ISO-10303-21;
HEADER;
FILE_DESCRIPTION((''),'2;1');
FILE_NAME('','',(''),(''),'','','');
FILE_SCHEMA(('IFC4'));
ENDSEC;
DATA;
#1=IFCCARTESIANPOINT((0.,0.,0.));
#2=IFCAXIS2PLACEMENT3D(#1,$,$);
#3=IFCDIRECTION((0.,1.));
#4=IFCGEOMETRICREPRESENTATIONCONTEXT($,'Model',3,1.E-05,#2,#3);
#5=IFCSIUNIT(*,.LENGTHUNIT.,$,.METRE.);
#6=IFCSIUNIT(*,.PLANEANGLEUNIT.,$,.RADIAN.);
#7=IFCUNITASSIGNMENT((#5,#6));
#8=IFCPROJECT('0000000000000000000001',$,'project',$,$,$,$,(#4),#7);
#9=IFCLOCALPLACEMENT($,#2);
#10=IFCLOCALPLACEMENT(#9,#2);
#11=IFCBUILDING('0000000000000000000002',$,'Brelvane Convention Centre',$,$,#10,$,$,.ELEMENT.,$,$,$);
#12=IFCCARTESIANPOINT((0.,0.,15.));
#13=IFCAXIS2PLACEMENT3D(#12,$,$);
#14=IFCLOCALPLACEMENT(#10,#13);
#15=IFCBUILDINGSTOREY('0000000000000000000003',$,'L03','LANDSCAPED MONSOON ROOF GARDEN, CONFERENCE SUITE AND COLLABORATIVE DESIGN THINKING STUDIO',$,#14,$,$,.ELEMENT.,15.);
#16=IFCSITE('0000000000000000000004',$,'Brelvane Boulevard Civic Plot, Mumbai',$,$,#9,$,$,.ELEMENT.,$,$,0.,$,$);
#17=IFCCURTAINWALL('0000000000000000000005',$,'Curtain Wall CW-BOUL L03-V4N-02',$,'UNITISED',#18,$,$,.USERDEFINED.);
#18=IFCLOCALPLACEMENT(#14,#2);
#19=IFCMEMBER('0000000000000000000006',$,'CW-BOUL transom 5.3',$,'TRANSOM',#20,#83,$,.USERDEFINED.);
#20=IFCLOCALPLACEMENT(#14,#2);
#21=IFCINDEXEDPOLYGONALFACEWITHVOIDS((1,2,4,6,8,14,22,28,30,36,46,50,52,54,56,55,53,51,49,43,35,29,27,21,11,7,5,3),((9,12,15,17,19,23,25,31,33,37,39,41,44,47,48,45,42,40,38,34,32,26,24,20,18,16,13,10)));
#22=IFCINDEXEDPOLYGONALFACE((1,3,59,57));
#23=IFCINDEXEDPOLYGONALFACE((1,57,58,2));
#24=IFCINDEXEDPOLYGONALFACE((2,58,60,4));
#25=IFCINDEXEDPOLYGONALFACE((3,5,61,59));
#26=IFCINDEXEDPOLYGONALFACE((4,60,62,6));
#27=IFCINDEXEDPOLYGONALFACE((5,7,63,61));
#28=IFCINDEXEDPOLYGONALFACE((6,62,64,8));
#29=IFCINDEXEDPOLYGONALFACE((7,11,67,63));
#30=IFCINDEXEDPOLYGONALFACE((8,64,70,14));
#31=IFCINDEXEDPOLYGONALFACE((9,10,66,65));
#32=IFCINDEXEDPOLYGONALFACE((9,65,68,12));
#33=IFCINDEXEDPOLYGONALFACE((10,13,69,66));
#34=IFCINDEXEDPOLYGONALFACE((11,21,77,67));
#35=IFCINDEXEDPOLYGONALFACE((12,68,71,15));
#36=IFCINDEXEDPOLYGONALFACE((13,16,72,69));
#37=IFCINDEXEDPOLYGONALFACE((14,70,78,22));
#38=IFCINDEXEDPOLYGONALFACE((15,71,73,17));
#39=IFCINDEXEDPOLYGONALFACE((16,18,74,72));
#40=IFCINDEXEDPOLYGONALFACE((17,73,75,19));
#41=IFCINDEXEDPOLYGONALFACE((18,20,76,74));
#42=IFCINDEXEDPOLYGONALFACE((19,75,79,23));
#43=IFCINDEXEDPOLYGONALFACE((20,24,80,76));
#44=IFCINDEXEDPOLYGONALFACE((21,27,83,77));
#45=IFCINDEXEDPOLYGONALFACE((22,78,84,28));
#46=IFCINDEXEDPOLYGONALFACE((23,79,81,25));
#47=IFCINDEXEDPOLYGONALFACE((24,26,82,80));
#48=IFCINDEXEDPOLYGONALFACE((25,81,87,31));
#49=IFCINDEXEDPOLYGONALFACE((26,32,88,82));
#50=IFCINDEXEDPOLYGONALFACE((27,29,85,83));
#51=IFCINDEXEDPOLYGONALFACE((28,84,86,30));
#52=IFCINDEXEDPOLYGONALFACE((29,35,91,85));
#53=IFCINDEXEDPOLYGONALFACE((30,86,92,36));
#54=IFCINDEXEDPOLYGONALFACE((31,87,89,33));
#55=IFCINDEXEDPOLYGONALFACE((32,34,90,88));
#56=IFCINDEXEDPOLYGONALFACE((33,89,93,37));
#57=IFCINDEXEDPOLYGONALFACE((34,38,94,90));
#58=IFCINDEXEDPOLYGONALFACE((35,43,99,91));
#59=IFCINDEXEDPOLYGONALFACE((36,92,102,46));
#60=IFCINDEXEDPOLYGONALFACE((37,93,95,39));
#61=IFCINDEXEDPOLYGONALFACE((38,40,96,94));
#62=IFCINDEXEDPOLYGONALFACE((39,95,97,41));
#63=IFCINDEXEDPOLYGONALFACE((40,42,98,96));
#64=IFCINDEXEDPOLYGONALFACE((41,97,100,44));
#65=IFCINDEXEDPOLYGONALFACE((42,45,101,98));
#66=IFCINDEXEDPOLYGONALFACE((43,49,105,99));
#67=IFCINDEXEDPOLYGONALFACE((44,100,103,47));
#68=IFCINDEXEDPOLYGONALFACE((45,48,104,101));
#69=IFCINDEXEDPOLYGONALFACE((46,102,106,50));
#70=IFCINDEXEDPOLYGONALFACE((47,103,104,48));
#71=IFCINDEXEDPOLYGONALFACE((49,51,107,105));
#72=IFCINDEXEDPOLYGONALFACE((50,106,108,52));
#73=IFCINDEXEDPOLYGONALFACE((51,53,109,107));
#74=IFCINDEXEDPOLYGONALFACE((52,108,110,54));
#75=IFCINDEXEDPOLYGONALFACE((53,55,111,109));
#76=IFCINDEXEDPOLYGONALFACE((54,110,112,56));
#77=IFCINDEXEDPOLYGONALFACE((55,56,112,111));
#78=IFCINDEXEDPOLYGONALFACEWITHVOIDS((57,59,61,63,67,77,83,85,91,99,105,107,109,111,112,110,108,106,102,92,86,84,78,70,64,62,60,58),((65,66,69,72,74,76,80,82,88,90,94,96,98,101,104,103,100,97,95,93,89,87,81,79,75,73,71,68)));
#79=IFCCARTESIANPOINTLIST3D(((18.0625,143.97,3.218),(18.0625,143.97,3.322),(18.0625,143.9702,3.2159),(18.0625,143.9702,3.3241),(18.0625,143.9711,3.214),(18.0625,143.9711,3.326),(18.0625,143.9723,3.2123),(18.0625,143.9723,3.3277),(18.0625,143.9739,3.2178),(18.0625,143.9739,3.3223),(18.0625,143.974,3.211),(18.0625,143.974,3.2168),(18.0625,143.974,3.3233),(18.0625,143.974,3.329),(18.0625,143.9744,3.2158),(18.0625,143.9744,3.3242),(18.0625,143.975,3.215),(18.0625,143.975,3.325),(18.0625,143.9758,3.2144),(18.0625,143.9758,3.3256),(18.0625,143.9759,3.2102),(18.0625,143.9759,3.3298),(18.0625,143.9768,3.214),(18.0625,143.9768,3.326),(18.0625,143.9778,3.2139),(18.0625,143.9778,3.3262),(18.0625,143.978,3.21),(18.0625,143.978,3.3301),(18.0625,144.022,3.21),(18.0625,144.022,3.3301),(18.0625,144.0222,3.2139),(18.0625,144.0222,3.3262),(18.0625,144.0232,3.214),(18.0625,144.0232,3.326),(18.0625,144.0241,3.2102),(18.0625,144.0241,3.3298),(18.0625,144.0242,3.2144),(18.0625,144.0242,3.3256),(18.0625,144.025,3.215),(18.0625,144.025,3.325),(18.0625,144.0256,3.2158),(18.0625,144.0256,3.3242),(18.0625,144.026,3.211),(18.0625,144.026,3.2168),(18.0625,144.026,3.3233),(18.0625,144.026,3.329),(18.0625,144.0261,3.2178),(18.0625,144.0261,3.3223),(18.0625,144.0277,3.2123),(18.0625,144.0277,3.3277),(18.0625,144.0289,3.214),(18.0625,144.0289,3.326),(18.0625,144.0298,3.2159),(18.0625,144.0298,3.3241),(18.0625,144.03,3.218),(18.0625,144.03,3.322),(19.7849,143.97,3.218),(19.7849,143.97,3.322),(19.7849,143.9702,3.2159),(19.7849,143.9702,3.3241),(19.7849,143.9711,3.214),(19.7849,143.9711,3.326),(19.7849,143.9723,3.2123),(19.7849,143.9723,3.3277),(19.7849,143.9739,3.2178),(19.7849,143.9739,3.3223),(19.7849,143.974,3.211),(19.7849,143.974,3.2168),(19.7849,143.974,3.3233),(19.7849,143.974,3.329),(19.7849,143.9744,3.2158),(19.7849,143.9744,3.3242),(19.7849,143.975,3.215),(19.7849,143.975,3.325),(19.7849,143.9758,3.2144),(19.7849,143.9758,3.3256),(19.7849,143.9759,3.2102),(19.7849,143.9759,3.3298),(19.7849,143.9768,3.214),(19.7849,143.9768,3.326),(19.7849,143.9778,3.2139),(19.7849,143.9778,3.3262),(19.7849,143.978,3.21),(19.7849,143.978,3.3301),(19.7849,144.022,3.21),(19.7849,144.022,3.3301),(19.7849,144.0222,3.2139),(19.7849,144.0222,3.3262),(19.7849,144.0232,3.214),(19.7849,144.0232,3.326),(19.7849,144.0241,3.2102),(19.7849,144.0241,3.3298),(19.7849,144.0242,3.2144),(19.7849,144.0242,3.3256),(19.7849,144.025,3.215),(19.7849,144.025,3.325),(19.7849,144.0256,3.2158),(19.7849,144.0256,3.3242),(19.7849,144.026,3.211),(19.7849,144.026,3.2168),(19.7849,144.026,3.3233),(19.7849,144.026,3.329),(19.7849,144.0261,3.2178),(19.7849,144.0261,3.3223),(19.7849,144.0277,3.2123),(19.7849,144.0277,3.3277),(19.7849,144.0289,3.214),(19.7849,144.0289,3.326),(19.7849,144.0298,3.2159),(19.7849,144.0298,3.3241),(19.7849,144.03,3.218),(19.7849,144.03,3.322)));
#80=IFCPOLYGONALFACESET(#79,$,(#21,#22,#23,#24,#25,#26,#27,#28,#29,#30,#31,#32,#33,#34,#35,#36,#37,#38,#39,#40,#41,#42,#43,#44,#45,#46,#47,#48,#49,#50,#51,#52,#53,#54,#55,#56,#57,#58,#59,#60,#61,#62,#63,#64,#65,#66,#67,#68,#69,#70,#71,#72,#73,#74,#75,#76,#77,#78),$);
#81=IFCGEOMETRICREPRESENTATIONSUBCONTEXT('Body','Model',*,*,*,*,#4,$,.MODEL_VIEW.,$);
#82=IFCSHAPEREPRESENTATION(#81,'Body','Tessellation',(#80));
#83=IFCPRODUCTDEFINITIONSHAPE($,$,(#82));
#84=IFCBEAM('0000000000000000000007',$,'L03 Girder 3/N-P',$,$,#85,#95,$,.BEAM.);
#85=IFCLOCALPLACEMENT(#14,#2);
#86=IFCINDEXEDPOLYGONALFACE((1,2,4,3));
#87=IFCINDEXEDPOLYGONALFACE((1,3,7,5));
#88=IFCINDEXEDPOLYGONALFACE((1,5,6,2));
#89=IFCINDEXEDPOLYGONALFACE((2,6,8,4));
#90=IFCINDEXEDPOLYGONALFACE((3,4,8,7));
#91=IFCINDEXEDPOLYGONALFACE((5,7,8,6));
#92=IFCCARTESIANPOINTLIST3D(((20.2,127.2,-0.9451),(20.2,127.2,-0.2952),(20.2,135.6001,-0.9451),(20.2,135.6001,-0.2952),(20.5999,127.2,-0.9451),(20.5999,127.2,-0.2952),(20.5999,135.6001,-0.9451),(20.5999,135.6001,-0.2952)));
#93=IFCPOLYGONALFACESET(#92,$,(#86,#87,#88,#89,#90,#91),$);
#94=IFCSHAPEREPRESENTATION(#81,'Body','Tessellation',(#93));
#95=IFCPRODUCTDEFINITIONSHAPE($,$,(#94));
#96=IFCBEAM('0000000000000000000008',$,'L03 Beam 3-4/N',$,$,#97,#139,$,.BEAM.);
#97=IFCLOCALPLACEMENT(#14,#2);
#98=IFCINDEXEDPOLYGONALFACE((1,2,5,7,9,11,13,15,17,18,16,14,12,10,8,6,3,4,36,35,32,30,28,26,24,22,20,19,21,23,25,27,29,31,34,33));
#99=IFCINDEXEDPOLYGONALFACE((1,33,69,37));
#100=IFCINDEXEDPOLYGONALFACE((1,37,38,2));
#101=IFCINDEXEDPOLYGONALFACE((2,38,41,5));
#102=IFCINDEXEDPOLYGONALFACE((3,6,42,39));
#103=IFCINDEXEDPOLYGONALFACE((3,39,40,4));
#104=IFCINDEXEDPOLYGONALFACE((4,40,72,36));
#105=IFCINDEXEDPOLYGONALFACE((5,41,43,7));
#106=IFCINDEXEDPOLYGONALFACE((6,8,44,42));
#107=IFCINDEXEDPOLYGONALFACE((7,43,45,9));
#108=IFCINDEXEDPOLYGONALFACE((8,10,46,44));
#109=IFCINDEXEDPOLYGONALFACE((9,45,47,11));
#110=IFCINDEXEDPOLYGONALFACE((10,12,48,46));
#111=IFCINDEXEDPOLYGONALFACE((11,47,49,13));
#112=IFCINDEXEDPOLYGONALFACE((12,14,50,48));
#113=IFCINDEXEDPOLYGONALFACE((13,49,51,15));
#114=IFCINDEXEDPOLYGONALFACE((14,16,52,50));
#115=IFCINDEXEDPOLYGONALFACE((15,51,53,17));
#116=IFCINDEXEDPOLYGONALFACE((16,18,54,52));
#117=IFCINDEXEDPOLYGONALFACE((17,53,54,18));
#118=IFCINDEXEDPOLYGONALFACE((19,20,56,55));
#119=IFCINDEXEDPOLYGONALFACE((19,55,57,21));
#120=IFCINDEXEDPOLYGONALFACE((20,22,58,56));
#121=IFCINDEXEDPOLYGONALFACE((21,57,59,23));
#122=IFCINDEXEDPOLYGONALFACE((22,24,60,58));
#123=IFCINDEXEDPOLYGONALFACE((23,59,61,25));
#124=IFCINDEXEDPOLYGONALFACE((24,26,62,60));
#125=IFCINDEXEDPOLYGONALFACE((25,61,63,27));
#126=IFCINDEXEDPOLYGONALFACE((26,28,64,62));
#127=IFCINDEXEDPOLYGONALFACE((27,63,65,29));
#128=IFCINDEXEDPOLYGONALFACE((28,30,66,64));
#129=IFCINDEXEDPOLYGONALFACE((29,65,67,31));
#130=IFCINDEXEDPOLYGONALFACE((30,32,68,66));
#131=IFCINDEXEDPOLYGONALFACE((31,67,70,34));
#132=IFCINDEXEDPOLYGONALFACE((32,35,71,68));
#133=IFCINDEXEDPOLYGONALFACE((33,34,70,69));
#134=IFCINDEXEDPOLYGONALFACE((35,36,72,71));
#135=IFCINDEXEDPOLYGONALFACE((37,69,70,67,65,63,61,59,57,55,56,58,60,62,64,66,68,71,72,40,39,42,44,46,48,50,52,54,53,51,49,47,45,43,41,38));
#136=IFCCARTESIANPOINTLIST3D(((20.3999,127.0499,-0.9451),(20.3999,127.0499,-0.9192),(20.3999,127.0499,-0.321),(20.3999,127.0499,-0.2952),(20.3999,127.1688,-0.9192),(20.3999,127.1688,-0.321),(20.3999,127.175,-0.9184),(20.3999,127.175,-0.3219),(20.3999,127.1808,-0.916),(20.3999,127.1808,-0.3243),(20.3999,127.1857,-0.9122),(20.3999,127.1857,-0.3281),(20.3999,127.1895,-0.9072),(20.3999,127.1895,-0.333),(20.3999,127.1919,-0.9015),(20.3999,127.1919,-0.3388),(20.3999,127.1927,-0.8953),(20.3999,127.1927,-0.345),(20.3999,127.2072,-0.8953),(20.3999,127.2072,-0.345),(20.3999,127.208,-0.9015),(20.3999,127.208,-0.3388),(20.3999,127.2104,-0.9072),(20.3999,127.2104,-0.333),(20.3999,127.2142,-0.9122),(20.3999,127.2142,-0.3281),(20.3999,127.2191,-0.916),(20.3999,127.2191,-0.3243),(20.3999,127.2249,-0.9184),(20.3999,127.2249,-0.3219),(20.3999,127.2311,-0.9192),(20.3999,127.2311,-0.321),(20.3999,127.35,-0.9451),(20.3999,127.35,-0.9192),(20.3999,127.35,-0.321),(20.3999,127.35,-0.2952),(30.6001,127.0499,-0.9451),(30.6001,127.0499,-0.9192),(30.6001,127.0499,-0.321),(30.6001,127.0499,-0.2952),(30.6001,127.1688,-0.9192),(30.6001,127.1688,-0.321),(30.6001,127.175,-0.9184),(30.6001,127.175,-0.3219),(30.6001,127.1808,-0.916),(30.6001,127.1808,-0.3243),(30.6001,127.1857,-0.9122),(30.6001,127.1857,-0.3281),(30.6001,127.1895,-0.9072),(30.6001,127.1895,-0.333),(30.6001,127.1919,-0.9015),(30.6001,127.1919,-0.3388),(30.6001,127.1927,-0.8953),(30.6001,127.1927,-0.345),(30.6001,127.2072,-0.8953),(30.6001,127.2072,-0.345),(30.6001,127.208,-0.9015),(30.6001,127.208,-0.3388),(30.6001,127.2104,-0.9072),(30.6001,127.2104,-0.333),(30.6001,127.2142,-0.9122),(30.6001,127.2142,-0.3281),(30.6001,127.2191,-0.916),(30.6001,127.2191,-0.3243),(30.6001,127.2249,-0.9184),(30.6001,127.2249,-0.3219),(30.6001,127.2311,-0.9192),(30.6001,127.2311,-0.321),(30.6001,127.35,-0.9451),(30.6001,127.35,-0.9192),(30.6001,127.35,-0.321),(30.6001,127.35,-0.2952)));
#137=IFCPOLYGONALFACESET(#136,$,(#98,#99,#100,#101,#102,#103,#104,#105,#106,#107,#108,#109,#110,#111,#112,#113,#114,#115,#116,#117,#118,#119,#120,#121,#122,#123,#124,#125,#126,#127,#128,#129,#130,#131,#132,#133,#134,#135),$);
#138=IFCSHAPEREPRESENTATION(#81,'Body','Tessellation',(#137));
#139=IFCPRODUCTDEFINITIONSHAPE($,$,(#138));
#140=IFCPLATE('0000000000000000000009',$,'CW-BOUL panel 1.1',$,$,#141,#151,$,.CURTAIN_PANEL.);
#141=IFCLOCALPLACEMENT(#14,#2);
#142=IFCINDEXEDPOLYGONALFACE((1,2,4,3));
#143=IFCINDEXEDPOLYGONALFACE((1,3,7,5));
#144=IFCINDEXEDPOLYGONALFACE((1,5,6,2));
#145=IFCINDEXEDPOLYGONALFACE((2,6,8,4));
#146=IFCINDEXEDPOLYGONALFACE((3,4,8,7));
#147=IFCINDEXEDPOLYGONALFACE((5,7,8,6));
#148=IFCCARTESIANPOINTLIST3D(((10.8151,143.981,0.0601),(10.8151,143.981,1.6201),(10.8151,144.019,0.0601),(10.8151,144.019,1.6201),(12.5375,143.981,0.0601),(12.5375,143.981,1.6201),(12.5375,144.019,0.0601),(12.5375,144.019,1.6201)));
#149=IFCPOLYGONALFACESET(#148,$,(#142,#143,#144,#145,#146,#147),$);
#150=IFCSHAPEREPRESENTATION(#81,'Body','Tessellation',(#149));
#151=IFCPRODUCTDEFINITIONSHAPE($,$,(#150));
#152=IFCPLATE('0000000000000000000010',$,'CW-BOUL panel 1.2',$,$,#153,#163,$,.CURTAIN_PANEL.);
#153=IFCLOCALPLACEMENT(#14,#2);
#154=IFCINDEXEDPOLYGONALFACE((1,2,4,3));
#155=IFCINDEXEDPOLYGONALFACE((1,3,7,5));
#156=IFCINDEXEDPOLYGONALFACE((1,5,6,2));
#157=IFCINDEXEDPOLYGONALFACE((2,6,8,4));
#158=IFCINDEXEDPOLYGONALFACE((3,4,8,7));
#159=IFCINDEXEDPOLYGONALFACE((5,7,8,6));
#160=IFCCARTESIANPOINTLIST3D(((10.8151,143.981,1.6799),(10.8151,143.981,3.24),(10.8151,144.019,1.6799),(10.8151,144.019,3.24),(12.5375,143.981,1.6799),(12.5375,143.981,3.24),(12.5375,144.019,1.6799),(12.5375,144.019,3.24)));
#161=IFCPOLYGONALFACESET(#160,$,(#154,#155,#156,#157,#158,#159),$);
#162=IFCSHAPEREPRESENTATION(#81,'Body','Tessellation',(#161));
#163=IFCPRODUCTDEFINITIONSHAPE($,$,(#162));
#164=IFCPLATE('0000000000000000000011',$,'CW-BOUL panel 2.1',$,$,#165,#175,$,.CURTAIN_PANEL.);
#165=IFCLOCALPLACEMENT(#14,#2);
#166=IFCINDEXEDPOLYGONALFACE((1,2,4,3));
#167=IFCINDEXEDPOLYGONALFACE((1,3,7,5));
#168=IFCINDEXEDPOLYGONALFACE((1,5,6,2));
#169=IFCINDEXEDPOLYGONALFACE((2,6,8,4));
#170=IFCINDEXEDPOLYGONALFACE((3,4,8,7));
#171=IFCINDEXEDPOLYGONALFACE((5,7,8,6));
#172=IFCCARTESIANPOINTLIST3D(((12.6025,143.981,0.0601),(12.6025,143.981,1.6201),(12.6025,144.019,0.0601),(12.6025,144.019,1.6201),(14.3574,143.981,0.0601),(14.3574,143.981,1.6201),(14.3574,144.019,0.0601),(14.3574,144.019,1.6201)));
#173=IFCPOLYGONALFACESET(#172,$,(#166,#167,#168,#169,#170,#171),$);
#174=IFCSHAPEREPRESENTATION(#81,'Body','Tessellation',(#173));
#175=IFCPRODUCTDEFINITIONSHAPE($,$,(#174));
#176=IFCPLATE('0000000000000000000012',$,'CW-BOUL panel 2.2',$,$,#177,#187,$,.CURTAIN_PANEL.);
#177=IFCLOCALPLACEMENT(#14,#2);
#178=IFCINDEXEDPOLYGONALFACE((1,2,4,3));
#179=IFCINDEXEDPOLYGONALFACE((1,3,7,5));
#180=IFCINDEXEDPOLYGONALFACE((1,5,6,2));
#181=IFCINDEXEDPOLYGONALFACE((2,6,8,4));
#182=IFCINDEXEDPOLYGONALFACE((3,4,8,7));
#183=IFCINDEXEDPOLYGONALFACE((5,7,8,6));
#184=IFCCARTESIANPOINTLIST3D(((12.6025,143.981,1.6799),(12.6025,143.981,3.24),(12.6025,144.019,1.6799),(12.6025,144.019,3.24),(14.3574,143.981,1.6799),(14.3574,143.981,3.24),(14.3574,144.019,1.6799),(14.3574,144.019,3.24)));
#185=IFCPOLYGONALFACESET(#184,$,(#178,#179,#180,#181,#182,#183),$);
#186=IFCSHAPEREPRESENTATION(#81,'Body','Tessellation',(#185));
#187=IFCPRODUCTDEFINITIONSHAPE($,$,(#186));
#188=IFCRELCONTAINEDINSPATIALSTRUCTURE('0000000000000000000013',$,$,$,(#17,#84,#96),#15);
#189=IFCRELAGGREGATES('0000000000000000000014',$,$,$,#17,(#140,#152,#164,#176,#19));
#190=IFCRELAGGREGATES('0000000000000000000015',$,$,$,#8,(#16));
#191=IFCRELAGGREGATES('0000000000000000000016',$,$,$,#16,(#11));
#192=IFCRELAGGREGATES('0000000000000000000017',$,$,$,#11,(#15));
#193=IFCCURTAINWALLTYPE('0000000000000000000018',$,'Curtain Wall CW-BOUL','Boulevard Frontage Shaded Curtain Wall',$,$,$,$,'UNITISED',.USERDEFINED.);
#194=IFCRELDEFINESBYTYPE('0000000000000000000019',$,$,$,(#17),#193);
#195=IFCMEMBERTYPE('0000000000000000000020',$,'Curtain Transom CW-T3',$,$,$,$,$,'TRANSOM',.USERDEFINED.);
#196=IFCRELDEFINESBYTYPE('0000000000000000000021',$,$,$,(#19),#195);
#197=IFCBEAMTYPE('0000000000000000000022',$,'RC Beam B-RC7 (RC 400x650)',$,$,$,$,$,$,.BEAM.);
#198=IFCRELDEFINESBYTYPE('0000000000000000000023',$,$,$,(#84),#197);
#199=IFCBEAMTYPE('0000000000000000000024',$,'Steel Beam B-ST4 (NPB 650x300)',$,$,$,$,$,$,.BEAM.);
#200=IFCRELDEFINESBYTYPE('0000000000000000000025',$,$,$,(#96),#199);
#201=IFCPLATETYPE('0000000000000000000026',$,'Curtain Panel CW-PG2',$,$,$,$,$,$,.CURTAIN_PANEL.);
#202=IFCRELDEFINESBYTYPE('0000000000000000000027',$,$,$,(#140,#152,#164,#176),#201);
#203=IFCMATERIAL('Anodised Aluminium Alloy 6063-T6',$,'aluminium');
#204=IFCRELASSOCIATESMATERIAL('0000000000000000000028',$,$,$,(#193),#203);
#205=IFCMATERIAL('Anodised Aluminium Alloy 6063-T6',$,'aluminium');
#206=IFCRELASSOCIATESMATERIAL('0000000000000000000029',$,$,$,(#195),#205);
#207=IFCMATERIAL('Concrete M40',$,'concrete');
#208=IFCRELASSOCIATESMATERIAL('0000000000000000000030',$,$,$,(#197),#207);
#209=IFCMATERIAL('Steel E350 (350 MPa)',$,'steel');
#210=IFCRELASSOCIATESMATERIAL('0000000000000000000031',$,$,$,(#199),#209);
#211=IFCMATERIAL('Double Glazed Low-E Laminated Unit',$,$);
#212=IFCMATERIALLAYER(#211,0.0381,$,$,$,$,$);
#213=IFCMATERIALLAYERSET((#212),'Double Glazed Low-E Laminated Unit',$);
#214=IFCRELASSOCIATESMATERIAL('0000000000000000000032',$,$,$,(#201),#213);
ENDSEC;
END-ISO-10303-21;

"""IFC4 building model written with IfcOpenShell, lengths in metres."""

from ifc_helpers import new_model, si_unit, direction, frame, origin, origin_2d, place, context, subcontext, project, spatial, rectangle, hollow_rectangle, i_section, extrude, material, layer, layer_set, material_profile, profile_set, type_object, element, aggregate, save


model = new_model("IFC4")

# Units and contexts
model_context = context("Model", 3, precision=1e-05, world=origin(), true_north=direction((0.0, 1.0)))
body_context = subcontext(model_context, "Body", "Model", "MODEL_VIEW")
ifc_project = project(units=[si_unit("LENGTHUNIT", "METRE"), si_unit("PLANEANGLEUNIT", "RADIAN")], contexts=[model_context])

# Site, building, storey
site_placement = place(None, origin())
site = spatial("IfcSite", under=ifc_project, at=site_placement, Name="Brelvane Boulevard Civic Plot, Mumbai", CompositionType="ELEMENT", RefElevation=0.0)
building_placement = place(site_placement, origin())
building = spatial("IfcBuilding", under=site, at=building_placement, Name="Brelvane Convention Centre", CompositionType="ELEMENT")
storey_placement = place(building_placement, frame((0.0, 0.0, 15.0)))
storey = spatial("IfcBuildingStorey", under=building, at=storey_placement, Name="L03", Description="LANDSCAPED MONSOON ROOF GARDEN, CONFERENCE SUITE AND COLLABORATIVE DESIGN THINKING STUDIO", CompositionType="ELEMENT", Elevation=15.0)

# Curtain wall, member
ifc_material_1 = material(Name="Anodised Aluminium Alloy 6063-T6", Category="aluminium")
curtain_wall_type = type_object("IfcCurtainWallType", Name="Curtain Wall CW-BOUL", Description="Boulevard Frontage Shaded Curtain Wall", ElementType="UNITISED", PredefinedType="USERDEFINED", material=ifc_material_1)
curtain_wall_placement = place(storey_placement, origin())
curtain_wall = element("IfcCurtainWall", 1, at=curtain_wall_placement, inside=storey, type_object=curtain_wall_type, Name="Curtain Wall CW-BOUL L03-V4N-02", ObjectType="UNITISED", PredefinedType="USERDEFINED")
ifc_material_2 = material(Name="Anodised Aluminium Alloy 6063-T6", Category="aluminium")
ifc_material_profile_1 = material_profile(ifc_material_2, hollow_rectangle(XDim=0.0601, YDim=0.1201, WallThickness=0.0039, InnerFilletRadius=0.0039, OuterFilletRadius=0.0081, at=origin_2d()), Name="ALU-T 120x60x4.0")
ifc_profile_set_1 = profile_set([ifc_material_profile_1], Name="Anodised Aluminium Alloy 6063-T6")
member_type_1 = type_object("IfcMemberType", Name="Curtain Transom CW-T3", ElementType="TRANSOM", PredefinedType="USERDEFINED", material=ifc_profile_set_1)
member_1_placement = place(storey_placement, frame((18.0625, 144.0, 3.27), z_axis=(1.0, 0.0, 0.0), x_axis=(0.0, 1.0, 0.0)))
member_1 = element("IfcMember", 2, at=member_1_placement, type_object=member_type_1, Name="CW-BOUL transom 5.3", ObjectType="TRANSOM", PredefinedType="USERDEFINED", context=body_context, shape_type="SweptSolid", body=[
    extrude(hollow_rectangle(XDim=0.0601, YDim=0.1201, WallThickness=0.0039, InnerFilletRadius=0.0039, OuterFilletRadius=0.0081, at=origin_2d()), origin(), (0.0, 0.0, 1.0), 1.7224),
])

# Beams
ifc_material_3 = material(Name="Concrete M40", Category="concrete")
ifc_material_profile_2 = material_profile(ifc_material_3, rectangle(XDim=0.3999, YDim=0.6499, at=origin_2d()), Name="RC 400x650")
ifc_profile_set_2 = profile_set([ifc_material_profile_2], Name="Concrete M40")
beam_type_1 = type_object("IfcBeamType", Name="RC Beam B-RC7 (RC 400x650)", PredefinedType="BEAM", material=ifc_profile_set_2)
beam_1_placement = place(storey_placement, frame((20.3999, 127.2, -0.6201), z_axis=(0.0, 1.0, 0.0), x_axis=(-1.0, 0.0, 0.0)))
element("IfcBeam", 3, at=beam_1_placement, inside=storey, type_object=beam_type_1, Name="L03 Girder 3/N-P", PredefinedType="BEAM", context=body_context, shape_type="SweptSolid", body=[
    extrude(rectangle(XDim=0.3999, YDim=0.6499, at=origin_2d()), origin(), (0.0, 0.0, 1.0), 8.4001),
])
ifc_material_4 = material(Name="Steel E350 (350 MPa)", Category="steel")
ifc_material_profile_3 = material_profile(ifc_material_4, i_section(OverallWidth=0.3, OverallDepth=0.6499, WebThickness=0.0144, FlangeThickness=0.0259, FilletRadius=0.0239, at=origin_2d()), Name="NPB 650x300")
ifc_profile_set_3 = profile_set([ifc_material_profile_3], Name="Steel E350 (350 MPa)")
beam_type_2 = type_object("IfcBeamType", Name="Steel Beam B-ST4 (NPB 650x300)", PredefinedType="BEAM", material=ifc_profile_set_3)
beam_2_placement = place(storey_placement, frame((20.3999, 127.2, -0.6201), z_axis=(1.0, 0.0, 0.0), x_axis=(0.0, 1.0, 0.0)))
element("IfcBeam", 4, at=beam_2_placement, inside=storey, type_object=beam_type_2, Name="L03 Beam 3-4/N", PredefinedType="BEAM", context=body_context, shape_type="SweptSolid", body=[
    extrude(i_section(OverallWidth=0.3, OverallDepth=0.6499, WebThickness=0.0144, FlangeThickness=0.0259, FilletRadius=0.0239, at=origin_2d()), origin(), (0.0, 0.0, 1.0), 10.2002),
])

# Plates
ifc_material_5 = material(Name="Double Glazed Low-E Laminated Unit")
ifc_layer_1 = layer(ifc_material_5, 0.0381)
ifc_layer_set_1 = layer_set([ifc_layer_1], Name="Double Glazed Low-E Laminated Unit")
plate_type_1 = type_object("IfcPlateType", Name="Curtain Panel CW-PG2", PredefinedType="CURTAIN_PANEL", material=ifc_layer_set_1)
plate_1_placement = place(storey_placement, frame((11.6763, 144.0, 0.0601), z_axis=(0.0, 0.0, 1.0), x_axis=(1.0, 0.0, 0.0)))
plate_1 = element("IfcPlate", 5, at=plate_1_placement, type_object=plate_type_1, Name="CW-BOUL panel 1.1", PredefinedType="CURTAIN_PANEL", context=body_context, shape_type="SweptSolid", body=[
    extrude(rectangle(XDim=1.7224, YDim=0.0381, at=origin_2d()), origin(), (0.0, 0.0, 1.0), 1.5601),
])
plate_2_placement = place(storey_placement, frame((11.6763, 144.0, 1.6799), z_axis=(0.0, 0.0, 1.0), x_axis=(1.0, 0.0, 0.0)))
plate_2 = element("IfcPlate", 6, at=plate_2_placement, type_object=plate_type_1, Name="CW-BOUL panel 1.2", PredefinedType="CURTAIN_PANEL", context=body_context, shape_type="SweptSolid", body=[
    extrude(rectangle(XDim=1.7224, YDim=0.0381, at=origin_2d()), origin(), (0.0, 0.0, 1.0), 1.5601),
])
plate_3_placement = place(storey_placement, frame((13.48, 144.0, 0.0601), z_axis=(0.0, 0.0, 1.0), x_axis=(1.0, 0.0, 0.0)))
plate_3 = element("IfcPlate", 7, at=plate_3_placement, type_object=plate_type_1, Name="CW-BOUL panel 2.1", PredefinedType="CURTAIN_PANEL", context=body_context, shape_type="SweptSolid", body=[
    extrude(rectangle(XDim=1.7549, YDim=0.0381, at=origin_2d()), origin(), (0.0, 0.0, 1.0), 1.5601),
])
plate_4_placement = place(storey_placement, frame((13.48, 144.0, 1.6799), z_axis=(0.0, 0.0, 1.0), x_axis=(1.0, 0.0, 0.0)))
plate_4 = element("IfcPlate", 8, at=plate_4_placement, type_object=plate_type_1, Name="CW-BOUL panel 2.2", PredefinedType="CURTAIN_PANEL", context=body_context, shape_type="SweptSolid", body=[
    extrude(rectangle(XDim=1.7549, YDim=0.0381, at=origin_2d()), origin(), (0.0, 0.0, 1.0), 1.5601),
])
aggregate(curtain_wall, [plate_1, plate_2, plate_3, plate_4, member_1])

save(model, "model.ifc")
